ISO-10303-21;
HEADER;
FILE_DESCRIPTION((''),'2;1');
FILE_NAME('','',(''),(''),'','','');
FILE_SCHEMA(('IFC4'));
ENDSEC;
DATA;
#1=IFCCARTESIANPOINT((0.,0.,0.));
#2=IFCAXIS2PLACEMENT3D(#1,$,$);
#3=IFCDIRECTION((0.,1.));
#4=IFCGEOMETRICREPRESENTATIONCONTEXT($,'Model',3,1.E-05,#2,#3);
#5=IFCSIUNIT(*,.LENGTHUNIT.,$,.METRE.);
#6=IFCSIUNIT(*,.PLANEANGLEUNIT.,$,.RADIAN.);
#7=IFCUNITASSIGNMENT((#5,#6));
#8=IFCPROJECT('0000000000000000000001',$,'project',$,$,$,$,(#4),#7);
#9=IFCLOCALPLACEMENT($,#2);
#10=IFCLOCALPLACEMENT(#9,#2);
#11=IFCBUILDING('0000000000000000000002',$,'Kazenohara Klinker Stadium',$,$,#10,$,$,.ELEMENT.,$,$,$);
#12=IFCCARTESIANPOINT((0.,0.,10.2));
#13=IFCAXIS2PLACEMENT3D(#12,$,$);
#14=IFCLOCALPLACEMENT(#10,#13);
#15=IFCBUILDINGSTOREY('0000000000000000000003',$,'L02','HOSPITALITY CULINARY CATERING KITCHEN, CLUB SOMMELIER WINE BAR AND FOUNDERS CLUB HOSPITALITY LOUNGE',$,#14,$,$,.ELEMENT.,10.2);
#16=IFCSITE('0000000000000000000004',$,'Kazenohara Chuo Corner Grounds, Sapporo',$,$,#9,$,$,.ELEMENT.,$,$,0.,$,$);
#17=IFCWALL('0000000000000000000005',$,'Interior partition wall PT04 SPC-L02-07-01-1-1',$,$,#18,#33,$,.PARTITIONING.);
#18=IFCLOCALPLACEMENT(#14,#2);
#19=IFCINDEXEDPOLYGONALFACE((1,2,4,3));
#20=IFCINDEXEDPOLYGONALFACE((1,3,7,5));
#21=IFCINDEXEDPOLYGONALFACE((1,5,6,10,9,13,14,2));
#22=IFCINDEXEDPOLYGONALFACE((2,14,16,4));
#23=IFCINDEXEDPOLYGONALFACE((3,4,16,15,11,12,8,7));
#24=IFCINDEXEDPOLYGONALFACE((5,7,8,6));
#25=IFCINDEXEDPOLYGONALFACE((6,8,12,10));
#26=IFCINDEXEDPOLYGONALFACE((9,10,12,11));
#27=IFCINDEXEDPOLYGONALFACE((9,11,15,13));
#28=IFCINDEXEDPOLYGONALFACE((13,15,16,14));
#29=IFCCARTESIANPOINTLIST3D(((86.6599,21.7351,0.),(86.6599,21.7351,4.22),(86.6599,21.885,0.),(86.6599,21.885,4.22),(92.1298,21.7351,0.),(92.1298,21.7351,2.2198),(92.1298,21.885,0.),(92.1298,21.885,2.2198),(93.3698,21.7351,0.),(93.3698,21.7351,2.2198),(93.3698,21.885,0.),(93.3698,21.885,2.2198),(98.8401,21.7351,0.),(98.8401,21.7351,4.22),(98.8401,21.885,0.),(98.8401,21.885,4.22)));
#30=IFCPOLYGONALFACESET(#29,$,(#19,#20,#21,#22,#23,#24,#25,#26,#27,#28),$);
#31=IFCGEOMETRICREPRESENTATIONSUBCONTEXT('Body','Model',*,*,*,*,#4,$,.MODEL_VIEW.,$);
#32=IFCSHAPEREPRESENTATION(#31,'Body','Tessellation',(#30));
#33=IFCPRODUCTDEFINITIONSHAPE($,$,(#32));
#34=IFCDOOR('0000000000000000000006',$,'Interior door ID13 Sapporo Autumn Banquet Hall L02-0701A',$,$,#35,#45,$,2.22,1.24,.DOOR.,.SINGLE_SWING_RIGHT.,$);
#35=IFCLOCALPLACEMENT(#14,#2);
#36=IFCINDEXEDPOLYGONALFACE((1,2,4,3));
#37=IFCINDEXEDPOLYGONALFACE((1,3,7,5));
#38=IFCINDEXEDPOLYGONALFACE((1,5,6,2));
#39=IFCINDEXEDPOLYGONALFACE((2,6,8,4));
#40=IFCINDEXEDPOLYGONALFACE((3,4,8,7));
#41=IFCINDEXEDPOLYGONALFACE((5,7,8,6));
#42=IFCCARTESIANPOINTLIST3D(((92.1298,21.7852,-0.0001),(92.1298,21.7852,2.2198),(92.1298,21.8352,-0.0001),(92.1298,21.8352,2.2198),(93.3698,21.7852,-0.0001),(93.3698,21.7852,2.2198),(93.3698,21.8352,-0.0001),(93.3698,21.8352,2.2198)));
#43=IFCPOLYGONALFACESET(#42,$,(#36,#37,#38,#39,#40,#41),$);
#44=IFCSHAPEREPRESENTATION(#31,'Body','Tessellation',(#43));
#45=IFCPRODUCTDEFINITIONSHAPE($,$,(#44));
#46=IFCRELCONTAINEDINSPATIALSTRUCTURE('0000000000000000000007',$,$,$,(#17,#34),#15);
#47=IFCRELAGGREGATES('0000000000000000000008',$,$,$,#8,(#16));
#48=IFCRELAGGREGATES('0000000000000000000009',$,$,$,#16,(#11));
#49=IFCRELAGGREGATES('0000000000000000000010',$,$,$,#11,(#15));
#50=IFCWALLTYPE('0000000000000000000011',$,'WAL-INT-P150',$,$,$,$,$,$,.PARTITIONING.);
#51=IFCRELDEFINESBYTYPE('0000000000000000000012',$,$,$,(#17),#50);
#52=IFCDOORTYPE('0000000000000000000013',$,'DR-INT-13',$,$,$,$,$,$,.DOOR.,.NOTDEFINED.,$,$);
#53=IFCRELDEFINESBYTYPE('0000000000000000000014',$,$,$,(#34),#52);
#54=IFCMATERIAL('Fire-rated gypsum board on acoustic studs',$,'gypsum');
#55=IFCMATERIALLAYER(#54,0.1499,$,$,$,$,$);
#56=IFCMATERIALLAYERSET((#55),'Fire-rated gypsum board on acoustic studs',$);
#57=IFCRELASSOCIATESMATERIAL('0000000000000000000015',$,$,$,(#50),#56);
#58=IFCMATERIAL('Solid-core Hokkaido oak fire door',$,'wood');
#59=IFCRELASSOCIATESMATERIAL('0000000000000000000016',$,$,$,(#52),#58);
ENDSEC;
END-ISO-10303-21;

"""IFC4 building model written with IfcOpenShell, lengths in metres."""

from ifc_helpers import new_model, si_unit, direction, frame, frame_2d, origin, place, context, subcontext, project, spatial, rectangle, extrude, material, layer, layer_set, type_object, element, fill, save


model = new_model("IFC4")

# Units and contexts
model_context = context("Model", 3, precision=1e-05, world=origin(), true_north=direction((0.0, 1.0)))
body_context = subcontext(model_context, "Body", "Model", "MODEL_VIEW")
ifc_project = project(units=[si_unit("LENGTHUNIT", "METRE"), si_unit("PLANEANGLEUNIT", "RADIAN")], contexts=[model_context])

# Site, building, storey
site_placement = place(None, origin())
site = spatial("IfcSite", under=ifc_project, at=site_placement, Name="Kazenohara Chuo Corner Grounds, Sapporo", CompositionType="ELEMENT", RefElevation=0.0)
building_placement = place(site_placement, origin())
building = spatial("IfcBuilding", under=site, at=building_placement, Name="Kazenohara Klinker Stadium", CompositionType="ELEMENT")
storey_placement = place(building_placement, frame((0.0, 0.0, 10.2)))
storey = spatial("IfcBuildingStorey", under=building, at=storey_placement, Name="L02", Description="HOSPITALITY CULINARY CATERING KITCHEN, CLUB SOMMELIER WINE BAR AND FOUNDERS CLUB HOSPITALITY LOUNGE", CompositionType="ELEMENT", Elevation=10.2)

# Wall, opening, door
ifc_material_1 = material(Name="Fire-rated gypsum board on acoustic studs", Category="gypsum")
ifc_material_2 = material(Name="Solid-core Hokkaido oak fire door", Category="wood")
ifc_layer_1 = layer(ifc_material_1, 0.1499)
ifc_layer_set_1 = layer_set([ifc_layer_1], Name="Fire-rated gypsum board on acoustic studs")
wall_type_1 = type_object("IfcWallType", Name="WAL-INT-P150", PredefinedType="PARTITIONING", material=ifc_layer_set_1)
wall_1_placement = place(storey_placement, frame((86.6599, 21.8101, 0.0), z_axis=(0.0, 0.0, 1.0), x_axis=(1.0, 0.0, 0.0)))
wall_1 = element("IfcWall", 1, at=wall_1_placement, inside=storey, type_object=wall_type_1, Name="Interior partition wall PT04 SPC-L02-07-01-1-1", PredefinedType="PARTITIONING", context=body_context, shape_type="SweptSolid", body=[
    extrude(rectangle(XDim=12.1802, YDim=0.1499, at=frame_2d((6.0901, 0.0))), origin(), (0.0, 0.0, 1.0), 4.22),
])
opening_1_placement = place(wall_1_placement, frame((6.71, 0.0, 0.0), z_axis=(0.0, 0.0, 1.0), x_axis=(-1.0, 0.0, 0.0)))
opening_1 = element("IfcOpeningElement", 2, at=opening_1_placement, cuts=wall_1, PredefinedType="OPENING", context=body_context, shape_type="SweptSolid", body=[
    extrude(rectangle(XDim=1.24, YDim=2.22, at=frame_2d((0.6201, 1.1099))), frame((0.0, 0.085, 0.0), z_axis=(0.0, -1.0, 0.0), x_axis=(1.0, 0.0, 0.0)), (0.0, 0.0, 1.0), 0.1699),
])
door_type_1 = type_object("IfcDoorType", Name="DR-INT-13", OperationType="NOTDEFINED", PredefinedType="DOOR", material=ifc_material_2)
door_1_placement = place(opening_1_placement, origin())
door_1 = element("IfcDoor", 3, at=door_1_placement, inside=storey, type_object=door_type_1, Name="Interior door ID13 Sapporo Autumn Banquet Hall L02-0701A", OperationType="SINGLE_SWING_RIGHT", OverallHeight=2.22, OverallWidth=1.24, PredefinedType="DOOR", context=body_context, shape_type="SweptSolid", body=[
    extrude(rectangle(XDim=1.24, YDim=2.22, at=frame_2d((0.6201, 1.1099))), frame((0.0, 0.0249, 0.0), z_axis=(0.0, -1.0, 0.0), x_axis=(1.0, 0.0, 0.0)), (0.0, 0.0, 1.0), 0.05),
])
fill(opening_1, door_1)

save(model, "model.ifc")
